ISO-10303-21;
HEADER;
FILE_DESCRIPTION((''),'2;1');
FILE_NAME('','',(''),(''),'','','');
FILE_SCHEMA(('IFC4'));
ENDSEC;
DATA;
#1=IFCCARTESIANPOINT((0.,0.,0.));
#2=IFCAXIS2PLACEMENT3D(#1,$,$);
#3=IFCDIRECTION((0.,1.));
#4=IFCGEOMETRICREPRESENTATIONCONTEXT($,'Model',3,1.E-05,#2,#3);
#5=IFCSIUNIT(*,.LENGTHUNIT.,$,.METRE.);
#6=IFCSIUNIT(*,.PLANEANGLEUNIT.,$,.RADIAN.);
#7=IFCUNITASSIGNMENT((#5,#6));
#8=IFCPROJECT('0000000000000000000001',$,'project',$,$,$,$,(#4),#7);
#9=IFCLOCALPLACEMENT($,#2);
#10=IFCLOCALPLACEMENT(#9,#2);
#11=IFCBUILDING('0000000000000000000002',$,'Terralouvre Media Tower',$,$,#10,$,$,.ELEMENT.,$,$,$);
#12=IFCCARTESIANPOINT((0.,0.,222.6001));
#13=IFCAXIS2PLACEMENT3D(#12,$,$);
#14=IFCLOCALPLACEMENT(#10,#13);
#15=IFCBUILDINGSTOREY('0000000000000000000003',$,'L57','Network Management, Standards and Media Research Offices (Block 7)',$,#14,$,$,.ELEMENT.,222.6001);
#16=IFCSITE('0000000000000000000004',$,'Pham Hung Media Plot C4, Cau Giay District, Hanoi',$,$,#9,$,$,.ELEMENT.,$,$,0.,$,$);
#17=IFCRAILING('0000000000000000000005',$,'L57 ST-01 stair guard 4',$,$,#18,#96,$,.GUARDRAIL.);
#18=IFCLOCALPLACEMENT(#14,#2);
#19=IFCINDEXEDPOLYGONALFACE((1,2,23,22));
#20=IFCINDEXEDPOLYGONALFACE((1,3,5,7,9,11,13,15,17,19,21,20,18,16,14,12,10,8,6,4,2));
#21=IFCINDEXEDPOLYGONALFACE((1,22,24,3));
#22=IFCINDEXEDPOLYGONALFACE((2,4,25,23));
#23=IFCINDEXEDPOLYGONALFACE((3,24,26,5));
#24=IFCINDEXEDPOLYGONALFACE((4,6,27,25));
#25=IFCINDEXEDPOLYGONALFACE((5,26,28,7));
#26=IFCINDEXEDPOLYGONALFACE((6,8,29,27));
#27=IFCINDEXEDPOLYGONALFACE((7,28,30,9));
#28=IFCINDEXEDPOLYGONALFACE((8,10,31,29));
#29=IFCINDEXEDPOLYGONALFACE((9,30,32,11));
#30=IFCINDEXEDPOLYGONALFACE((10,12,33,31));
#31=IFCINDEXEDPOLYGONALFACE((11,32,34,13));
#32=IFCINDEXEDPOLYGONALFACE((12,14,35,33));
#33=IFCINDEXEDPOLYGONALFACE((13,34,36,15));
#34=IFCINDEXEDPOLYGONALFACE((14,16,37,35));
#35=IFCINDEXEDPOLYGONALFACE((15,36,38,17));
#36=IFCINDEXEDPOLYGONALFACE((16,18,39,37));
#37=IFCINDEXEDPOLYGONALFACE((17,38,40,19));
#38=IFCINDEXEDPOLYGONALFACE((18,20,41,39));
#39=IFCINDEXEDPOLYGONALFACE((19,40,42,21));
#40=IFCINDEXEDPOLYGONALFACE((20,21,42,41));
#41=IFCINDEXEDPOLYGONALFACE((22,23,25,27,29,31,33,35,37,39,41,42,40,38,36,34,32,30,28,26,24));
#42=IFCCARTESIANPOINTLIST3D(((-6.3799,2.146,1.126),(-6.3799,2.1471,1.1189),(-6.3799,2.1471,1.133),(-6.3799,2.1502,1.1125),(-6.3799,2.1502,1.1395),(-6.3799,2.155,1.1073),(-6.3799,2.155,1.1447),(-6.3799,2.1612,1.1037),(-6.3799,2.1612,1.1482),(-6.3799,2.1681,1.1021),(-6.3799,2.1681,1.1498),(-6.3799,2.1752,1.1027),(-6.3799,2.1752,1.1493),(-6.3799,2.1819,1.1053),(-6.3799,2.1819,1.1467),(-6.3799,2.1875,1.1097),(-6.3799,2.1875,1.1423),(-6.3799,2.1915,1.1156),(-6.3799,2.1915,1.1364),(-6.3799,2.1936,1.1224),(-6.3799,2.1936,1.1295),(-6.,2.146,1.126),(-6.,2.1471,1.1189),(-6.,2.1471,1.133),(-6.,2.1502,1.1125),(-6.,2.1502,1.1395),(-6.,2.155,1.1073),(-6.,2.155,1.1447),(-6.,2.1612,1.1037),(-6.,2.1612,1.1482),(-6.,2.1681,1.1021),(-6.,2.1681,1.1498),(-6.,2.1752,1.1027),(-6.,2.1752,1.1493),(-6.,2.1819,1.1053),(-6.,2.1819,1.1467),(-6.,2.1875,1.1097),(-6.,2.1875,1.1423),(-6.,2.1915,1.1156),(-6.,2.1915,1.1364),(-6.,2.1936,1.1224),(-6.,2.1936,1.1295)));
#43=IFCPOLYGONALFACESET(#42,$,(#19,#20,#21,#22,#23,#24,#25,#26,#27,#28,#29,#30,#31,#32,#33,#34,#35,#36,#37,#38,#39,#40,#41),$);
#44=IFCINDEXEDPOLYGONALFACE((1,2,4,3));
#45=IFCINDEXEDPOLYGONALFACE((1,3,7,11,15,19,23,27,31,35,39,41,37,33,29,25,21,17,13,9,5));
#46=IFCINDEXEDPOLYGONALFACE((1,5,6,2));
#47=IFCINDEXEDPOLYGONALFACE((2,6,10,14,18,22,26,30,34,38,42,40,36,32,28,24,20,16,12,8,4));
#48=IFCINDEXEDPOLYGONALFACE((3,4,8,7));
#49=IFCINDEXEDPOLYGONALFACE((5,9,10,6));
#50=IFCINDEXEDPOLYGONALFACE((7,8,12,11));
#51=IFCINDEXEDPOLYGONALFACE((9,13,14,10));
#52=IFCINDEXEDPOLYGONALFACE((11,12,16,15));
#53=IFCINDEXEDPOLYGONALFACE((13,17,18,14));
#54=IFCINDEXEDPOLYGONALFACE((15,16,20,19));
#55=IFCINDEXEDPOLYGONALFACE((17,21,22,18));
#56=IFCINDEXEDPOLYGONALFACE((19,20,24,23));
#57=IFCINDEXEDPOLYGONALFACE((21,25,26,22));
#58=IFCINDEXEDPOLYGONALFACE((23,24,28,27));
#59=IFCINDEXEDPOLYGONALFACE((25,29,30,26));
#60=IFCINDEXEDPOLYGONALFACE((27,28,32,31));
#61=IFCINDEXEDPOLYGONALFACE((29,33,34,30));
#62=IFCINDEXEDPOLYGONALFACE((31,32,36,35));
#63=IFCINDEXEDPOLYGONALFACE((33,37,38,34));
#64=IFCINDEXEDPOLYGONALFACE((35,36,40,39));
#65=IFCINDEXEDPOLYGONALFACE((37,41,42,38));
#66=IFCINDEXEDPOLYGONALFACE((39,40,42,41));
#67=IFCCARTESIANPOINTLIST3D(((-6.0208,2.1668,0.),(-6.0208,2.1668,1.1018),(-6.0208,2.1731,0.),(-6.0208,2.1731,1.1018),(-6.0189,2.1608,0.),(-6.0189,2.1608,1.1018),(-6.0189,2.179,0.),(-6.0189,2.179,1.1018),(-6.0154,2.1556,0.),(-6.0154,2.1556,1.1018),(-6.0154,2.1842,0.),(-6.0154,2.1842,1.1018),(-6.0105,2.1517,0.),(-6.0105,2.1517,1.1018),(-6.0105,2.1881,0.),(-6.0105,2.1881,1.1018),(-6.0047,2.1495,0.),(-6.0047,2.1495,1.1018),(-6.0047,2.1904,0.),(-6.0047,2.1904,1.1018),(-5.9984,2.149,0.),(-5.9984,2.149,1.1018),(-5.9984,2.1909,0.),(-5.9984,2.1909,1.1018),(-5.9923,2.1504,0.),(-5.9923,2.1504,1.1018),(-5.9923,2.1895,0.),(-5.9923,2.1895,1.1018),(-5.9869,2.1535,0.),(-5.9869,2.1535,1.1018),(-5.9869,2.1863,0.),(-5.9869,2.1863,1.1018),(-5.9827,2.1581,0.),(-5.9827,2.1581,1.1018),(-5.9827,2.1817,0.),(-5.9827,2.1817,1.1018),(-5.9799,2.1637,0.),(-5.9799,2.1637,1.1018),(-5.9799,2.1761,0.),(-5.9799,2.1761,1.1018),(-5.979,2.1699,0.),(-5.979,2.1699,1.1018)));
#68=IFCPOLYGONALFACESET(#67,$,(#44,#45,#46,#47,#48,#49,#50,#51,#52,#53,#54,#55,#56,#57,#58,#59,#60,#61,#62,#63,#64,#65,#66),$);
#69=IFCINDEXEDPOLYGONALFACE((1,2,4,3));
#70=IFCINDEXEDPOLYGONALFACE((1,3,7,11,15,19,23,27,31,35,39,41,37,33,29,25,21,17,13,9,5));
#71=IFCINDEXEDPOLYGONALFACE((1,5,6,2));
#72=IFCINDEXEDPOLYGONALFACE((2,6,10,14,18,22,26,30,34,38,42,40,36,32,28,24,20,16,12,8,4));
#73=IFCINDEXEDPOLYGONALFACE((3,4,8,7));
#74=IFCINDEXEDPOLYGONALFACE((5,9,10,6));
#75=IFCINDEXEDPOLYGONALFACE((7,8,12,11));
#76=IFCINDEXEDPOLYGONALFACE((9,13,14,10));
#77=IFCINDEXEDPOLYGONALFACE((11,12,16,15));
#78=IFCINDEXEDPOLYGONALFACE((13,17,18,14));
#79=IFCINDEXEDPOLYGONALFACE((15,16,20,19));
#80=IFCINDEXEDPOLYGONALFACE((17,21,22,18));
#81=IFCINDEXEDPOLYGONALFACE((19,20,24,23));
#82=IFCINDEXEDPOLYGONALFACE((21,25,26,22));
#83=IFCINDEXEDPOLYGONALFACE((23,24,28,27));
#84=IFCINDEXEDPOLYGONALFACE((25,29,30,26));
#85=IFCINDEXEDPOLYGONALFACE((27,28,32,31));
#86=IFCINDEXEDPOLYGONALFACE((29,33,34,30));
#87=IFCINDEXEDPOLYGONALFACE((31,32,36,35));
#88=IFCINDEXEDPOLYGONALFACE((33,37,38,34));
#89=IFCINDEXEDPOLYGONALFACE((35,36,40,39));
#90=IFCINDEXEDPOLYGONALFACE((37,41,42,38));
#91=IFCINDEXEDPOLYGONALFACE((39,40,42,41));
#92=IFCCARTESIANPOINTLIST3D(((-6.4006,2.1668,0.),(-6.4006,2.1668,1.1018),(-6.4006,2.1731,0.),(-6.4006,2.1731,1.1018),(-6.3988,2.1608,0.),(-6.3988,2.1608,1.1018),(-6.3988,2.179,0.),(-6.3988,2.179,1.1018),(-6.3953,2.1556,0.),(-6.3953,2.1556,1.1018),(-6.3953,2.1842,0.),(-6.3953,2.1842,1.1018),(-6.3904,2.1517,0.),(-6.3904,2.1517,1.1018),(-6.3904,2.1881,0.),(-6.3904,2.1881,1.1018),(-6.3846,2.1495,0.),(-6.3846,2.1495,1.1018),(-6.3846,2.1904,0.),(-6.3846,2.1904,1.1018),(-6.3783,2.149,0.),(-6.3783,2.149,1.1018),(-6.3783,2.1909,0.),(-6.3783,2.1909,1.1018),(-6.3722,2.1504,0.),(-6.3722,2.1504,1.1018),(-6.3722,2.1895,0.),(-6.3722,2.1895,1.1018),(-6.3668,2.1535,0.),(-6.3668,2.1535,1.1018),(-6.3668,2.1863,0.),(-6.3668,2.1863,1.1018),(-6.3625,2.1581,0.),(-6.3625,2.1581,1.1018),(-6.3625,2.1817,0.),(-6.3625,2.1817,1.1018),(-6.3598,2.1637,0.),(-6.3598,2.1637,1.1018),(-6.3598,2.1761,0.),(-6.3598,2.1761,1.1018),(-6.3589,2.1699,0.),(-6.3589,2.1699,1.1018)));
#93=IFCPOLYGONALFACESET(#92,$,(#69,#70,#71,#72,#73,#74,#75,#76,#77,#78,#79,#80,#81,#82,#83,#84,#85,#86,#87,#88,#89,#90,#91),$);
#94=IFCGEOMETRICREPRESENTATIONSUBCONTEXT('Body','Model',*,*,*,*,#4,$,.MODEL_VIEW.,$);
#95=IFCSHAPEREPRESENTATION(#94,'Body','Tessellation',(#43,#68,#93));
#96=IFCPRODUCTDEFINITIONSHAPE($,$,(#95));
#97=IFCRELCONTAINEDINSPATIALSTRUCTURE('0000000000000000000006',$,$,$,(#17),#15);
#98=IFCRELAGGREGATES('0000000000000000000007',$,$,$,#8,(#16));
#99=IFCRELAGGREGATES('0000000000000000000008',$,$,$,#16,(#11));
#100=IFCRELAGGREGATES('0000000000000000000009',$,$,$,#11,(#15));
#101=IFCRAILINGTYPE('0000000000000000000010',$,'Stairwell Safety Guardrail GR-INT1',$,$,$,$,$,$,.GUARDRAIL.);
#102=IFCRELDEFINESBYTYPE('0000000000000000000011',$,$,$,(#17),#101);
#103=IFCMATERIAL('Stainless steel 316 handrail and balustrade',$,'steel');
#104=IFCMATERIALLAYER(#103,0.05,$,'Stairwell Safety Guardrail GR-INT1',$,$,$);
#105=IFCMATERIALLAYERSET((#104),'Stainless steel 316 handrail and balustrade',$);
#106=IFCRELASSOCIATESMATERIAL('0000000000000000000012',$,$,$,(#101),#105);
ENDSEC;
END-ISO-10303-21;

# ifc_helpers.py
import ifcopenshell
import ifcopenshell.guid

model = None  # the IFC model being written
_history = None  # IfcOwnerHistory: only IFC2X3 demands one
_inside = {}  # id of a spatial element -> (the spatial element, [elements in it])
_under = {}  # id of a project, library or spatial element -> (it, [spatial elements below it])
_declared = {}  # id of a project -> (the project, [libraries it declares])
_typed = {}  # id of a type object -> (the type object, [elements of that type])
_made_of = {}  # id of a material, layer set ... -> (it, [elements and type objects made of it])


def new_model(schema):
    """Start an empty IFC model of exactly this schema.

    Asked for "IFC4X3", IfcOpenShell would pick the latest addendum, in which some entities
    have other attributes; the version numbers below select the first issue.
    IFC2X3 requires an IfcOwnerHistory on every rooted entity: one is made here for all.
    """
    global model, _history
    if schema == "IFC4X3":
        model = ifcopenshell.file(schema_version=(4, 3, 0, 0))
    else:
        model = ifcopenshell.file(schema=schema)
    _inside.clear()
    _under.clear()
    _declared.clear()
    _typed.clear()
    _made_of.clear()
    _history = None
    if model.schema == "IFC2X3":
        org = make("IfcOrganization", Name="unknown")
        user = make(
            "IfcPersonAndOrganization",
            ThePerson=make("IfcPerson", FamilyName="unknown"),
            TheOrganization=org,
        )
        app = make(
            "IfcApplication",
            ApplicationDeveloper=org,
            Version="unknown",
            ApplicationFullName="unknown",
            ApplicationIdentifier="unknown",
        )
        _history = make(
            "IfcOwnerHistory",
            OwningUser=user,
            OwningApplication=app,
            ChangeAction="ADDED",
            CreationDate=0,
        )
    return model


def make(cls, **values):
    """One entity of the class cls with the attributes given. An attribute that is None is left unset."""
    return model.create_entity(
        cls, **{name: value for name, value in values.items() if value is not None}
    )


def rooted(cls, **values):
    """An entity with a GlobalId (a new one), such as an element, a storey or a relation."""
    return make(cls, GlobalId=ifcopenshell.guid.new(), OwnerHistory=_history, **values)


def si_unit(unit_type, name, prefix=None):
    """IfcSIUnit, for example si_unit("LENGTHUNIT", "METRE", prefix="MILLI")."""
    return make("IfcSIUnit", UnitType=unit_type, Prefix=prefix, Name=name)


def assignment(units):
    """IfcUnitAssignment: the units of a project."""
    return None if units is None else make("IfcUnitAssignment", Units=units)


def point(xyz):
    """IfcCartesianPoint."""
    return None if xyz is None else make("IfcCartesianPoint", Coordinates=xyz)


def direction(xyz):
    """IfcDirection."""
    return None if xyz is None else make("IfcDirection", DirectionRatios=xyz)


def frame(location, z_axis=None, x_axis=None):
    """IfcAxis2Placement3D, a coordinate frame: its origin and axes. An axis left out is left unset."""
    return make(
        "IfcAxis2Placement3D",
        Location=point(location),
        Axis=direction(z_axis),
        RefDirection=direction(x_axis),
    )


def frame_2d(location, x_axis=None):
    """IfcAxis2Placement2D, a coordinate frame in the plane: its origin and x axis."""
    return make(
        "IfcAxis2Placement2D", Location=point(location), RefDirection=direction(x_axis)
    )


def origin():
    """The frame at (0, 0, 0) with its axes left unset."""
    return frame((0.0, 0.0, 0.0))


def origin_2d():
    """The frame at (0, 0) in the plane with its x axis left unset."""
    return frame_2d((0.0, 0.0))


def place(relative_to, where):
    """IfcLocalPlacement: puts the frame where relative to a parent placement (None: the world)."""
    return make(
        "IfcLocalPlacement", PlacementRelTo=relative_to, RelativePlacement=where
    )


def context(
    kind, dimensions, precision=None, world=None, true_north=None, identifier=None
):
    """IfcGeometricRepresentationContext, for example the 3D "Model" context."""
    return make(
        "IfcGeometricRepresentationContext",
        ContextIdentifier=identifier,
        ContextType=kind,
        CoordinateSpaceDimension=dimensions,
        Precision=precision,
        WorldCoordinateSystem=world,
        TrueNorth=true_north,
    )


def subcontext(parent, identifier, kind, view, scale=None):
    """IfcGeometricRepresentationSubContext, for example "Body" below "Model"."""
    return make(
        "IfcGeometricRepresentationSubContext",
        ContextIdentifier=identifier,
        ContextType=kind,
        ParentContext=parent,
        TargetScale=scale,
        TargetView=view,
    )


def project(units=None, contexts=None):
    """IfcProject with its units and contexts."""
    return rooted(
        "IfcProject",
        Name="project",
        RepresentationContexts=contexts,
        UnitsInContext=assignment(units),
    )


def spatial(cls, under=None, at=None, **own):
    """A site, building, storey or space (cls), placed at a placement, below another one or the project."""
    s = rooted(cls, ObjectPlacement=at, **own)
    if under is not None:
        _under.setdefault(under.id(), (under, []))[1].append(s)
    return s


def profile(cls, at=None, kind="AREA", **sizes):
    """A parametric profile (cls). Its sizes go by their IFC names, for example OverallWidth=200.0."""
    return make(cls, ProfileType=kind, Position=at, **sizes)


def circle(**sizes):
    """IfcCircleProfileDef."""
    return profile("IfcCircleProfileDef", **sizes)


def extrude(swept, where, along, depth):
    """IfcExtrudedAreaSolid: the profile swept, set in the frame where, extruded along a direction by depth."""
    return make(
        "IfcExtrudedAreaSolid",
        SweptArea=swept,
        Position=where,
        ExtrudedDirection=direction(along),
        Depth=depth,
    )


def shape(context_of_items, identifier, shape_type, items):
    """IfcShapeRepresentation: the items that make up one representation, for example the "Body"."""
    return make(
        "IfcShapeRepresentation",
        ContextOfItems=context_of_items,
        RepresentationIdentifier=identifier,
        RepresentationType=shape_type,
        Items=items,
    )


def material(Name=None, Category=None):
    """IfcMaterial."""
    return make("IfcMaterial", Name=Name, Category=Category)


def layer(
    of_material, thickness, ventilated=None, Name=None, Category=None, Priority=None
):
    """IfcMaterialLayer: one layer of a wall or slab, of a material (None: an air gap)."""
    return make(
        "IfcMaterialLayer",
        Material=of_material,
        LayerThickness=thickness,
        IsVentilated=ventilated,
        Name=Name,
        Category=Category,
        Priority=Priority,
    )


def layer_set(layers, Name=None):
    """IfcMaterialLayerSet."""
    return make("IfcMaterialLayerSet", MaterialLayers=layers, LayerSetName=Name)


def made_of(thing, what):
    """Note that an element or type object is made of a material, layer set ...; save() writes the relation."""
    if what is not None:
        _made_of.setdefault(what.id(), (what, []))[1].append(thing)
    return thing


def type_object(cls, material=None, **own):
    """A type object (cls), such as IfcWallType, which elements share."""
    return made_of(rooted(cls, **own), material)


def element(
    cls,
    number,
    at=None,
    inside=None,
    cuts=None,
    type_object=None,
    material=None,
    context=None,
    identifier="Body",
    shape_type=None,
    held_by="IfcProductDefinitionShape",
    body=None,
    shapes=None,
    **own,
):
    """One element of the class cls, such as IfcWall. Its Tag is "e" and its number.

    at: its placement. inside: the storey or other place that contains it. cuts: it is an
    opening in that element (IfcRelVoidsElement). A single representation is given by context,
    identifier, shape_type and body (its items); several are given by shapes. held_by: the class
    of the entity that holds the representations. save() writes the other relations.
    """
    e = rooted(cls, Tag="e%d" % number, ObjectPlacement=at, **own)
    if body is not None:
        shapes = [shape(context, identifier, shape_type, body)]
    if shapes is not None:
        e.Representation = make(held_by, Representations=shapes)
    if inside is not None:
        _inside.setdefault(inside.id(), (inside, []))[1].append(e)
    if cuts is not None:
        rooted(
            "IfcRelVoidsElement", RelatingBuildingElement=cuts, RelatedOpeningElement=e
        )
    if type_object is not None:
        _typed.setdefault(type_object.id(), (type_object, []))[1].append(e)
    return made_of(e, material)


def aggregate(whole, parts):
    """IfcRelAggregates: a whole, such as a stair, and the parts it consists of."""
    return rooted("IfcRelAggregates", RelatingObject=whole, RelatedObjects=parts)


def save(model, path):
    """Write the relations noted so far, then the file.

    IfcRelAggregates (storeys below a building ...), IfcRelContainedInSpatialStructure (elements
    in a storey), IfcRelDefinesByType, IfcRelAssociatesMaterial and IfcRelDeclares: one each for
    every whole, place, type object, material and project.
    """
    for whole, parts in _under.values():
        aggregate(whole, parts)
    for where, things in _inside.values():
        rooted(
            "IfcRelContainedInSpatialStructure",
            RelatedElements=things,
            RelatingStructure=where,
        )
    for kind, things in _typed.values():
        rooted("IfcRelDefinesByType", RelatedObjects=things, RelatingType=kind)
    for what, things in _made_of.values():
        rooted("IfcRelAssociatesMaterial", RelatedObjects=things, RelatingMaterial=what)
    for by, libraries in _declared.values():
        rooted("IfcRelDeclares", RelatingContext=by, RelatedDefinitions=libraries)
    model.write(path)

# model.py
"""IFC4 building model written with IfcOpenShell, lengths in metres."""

from ifc_helpers import new_model, si_unit, direction, frame, origin, origin_2d, place, context, subcontext, project, spatial, circle, extrude, material, layer, layer_set, type_object, element, save


model = new_model("IFC4")

# Units and contexts
model_context = context("Model", 3, precision=1e-05, world=origin(), true_north=direction((0.0, 1.0)))
body_context = subcontext(model_context, "Body", "Model", "MODEL_VIEW")
ifc_project = project(units=[si_unit("LENGTHUNIT", "METRE"), si_unit("PLANEANGLEUNIT", "RADIAN")], contexts=[model_context])

# Site, building, storey
site_placement = place(None, origin())
site = spatial("IfcSite", under=ifc_project, at=site_placement, Name="Pham Hung Media Plot C4, Cau Giay District, Hanoi", CompositionType="ELEMENT", RefElevation=0.0)
building_placement = place(site_placement, origin())
building = spatial("IfcBuilding", under=site, at=building_placement, Name="Terralouvre Media Tower", CompositionType="ELEMENT")
storey_placement = place(building_placement, frame((0.0, 0.0, 222.6001)))
storey = spatial("IfcBuildingStorey", under=building, at=storey_placement, Name="L57", Description="Network Management, Standards and Media Research Offices (Block 7)", CompositionType="ELEMENT", Elevation=222.6001)

# Railing
ifc_material_1 = material(Name="Stainless steel 316 handrail and balustrade", Category="steel")
ifc_layer_1 = layer(ifc_material_1, 0.05, Name="Stairwell Safety Guardrail GR-INT1")
ifc_layer_set_1 = layer_set([ifc_layer_1], Name="Stainless steel 316 handrail and balustrade")
railing_type_1 = type_object("IfcRailingType", Name="Stairwell Safety Guardrail GR-INT1", PredefinedType="GUARDRAIL", material=ifc_layer_set_1)
railing_1_placement = place(storey_placement, frame((-6.0, 2.1699, 0.0)))
element("IfcRailing", 1, at=railing_1_placement, inside=storey, type_object=railing_type_1, Name="L57 ST-01 stair guard 4", PredefinedType="GUARDRAIL", context=body_context, shape_type="SweptSolid", body=[
    extrude(circle(Radius=0.0239, at=origin_2d()), frame((0.0, 0.0, 1.126), z_axis=(-1.0, 0.0, 0.0), x_axis=(0.0, -1.0, 0.0)), (0.0, 0.0, 1.0), 0.3799),
    extrude(circle(Radius=0.021, at=origin_2d()), origin(), (0.0, 0.0, 1.0), 1.1018),
    extrude(circle(Radius=0.021, at=origin_2d()), frame((-0.3799, 0.0, 0.0)), (0.0, 0.0, 1.0), 1.1018),
])

save(model, "model.ifc")
